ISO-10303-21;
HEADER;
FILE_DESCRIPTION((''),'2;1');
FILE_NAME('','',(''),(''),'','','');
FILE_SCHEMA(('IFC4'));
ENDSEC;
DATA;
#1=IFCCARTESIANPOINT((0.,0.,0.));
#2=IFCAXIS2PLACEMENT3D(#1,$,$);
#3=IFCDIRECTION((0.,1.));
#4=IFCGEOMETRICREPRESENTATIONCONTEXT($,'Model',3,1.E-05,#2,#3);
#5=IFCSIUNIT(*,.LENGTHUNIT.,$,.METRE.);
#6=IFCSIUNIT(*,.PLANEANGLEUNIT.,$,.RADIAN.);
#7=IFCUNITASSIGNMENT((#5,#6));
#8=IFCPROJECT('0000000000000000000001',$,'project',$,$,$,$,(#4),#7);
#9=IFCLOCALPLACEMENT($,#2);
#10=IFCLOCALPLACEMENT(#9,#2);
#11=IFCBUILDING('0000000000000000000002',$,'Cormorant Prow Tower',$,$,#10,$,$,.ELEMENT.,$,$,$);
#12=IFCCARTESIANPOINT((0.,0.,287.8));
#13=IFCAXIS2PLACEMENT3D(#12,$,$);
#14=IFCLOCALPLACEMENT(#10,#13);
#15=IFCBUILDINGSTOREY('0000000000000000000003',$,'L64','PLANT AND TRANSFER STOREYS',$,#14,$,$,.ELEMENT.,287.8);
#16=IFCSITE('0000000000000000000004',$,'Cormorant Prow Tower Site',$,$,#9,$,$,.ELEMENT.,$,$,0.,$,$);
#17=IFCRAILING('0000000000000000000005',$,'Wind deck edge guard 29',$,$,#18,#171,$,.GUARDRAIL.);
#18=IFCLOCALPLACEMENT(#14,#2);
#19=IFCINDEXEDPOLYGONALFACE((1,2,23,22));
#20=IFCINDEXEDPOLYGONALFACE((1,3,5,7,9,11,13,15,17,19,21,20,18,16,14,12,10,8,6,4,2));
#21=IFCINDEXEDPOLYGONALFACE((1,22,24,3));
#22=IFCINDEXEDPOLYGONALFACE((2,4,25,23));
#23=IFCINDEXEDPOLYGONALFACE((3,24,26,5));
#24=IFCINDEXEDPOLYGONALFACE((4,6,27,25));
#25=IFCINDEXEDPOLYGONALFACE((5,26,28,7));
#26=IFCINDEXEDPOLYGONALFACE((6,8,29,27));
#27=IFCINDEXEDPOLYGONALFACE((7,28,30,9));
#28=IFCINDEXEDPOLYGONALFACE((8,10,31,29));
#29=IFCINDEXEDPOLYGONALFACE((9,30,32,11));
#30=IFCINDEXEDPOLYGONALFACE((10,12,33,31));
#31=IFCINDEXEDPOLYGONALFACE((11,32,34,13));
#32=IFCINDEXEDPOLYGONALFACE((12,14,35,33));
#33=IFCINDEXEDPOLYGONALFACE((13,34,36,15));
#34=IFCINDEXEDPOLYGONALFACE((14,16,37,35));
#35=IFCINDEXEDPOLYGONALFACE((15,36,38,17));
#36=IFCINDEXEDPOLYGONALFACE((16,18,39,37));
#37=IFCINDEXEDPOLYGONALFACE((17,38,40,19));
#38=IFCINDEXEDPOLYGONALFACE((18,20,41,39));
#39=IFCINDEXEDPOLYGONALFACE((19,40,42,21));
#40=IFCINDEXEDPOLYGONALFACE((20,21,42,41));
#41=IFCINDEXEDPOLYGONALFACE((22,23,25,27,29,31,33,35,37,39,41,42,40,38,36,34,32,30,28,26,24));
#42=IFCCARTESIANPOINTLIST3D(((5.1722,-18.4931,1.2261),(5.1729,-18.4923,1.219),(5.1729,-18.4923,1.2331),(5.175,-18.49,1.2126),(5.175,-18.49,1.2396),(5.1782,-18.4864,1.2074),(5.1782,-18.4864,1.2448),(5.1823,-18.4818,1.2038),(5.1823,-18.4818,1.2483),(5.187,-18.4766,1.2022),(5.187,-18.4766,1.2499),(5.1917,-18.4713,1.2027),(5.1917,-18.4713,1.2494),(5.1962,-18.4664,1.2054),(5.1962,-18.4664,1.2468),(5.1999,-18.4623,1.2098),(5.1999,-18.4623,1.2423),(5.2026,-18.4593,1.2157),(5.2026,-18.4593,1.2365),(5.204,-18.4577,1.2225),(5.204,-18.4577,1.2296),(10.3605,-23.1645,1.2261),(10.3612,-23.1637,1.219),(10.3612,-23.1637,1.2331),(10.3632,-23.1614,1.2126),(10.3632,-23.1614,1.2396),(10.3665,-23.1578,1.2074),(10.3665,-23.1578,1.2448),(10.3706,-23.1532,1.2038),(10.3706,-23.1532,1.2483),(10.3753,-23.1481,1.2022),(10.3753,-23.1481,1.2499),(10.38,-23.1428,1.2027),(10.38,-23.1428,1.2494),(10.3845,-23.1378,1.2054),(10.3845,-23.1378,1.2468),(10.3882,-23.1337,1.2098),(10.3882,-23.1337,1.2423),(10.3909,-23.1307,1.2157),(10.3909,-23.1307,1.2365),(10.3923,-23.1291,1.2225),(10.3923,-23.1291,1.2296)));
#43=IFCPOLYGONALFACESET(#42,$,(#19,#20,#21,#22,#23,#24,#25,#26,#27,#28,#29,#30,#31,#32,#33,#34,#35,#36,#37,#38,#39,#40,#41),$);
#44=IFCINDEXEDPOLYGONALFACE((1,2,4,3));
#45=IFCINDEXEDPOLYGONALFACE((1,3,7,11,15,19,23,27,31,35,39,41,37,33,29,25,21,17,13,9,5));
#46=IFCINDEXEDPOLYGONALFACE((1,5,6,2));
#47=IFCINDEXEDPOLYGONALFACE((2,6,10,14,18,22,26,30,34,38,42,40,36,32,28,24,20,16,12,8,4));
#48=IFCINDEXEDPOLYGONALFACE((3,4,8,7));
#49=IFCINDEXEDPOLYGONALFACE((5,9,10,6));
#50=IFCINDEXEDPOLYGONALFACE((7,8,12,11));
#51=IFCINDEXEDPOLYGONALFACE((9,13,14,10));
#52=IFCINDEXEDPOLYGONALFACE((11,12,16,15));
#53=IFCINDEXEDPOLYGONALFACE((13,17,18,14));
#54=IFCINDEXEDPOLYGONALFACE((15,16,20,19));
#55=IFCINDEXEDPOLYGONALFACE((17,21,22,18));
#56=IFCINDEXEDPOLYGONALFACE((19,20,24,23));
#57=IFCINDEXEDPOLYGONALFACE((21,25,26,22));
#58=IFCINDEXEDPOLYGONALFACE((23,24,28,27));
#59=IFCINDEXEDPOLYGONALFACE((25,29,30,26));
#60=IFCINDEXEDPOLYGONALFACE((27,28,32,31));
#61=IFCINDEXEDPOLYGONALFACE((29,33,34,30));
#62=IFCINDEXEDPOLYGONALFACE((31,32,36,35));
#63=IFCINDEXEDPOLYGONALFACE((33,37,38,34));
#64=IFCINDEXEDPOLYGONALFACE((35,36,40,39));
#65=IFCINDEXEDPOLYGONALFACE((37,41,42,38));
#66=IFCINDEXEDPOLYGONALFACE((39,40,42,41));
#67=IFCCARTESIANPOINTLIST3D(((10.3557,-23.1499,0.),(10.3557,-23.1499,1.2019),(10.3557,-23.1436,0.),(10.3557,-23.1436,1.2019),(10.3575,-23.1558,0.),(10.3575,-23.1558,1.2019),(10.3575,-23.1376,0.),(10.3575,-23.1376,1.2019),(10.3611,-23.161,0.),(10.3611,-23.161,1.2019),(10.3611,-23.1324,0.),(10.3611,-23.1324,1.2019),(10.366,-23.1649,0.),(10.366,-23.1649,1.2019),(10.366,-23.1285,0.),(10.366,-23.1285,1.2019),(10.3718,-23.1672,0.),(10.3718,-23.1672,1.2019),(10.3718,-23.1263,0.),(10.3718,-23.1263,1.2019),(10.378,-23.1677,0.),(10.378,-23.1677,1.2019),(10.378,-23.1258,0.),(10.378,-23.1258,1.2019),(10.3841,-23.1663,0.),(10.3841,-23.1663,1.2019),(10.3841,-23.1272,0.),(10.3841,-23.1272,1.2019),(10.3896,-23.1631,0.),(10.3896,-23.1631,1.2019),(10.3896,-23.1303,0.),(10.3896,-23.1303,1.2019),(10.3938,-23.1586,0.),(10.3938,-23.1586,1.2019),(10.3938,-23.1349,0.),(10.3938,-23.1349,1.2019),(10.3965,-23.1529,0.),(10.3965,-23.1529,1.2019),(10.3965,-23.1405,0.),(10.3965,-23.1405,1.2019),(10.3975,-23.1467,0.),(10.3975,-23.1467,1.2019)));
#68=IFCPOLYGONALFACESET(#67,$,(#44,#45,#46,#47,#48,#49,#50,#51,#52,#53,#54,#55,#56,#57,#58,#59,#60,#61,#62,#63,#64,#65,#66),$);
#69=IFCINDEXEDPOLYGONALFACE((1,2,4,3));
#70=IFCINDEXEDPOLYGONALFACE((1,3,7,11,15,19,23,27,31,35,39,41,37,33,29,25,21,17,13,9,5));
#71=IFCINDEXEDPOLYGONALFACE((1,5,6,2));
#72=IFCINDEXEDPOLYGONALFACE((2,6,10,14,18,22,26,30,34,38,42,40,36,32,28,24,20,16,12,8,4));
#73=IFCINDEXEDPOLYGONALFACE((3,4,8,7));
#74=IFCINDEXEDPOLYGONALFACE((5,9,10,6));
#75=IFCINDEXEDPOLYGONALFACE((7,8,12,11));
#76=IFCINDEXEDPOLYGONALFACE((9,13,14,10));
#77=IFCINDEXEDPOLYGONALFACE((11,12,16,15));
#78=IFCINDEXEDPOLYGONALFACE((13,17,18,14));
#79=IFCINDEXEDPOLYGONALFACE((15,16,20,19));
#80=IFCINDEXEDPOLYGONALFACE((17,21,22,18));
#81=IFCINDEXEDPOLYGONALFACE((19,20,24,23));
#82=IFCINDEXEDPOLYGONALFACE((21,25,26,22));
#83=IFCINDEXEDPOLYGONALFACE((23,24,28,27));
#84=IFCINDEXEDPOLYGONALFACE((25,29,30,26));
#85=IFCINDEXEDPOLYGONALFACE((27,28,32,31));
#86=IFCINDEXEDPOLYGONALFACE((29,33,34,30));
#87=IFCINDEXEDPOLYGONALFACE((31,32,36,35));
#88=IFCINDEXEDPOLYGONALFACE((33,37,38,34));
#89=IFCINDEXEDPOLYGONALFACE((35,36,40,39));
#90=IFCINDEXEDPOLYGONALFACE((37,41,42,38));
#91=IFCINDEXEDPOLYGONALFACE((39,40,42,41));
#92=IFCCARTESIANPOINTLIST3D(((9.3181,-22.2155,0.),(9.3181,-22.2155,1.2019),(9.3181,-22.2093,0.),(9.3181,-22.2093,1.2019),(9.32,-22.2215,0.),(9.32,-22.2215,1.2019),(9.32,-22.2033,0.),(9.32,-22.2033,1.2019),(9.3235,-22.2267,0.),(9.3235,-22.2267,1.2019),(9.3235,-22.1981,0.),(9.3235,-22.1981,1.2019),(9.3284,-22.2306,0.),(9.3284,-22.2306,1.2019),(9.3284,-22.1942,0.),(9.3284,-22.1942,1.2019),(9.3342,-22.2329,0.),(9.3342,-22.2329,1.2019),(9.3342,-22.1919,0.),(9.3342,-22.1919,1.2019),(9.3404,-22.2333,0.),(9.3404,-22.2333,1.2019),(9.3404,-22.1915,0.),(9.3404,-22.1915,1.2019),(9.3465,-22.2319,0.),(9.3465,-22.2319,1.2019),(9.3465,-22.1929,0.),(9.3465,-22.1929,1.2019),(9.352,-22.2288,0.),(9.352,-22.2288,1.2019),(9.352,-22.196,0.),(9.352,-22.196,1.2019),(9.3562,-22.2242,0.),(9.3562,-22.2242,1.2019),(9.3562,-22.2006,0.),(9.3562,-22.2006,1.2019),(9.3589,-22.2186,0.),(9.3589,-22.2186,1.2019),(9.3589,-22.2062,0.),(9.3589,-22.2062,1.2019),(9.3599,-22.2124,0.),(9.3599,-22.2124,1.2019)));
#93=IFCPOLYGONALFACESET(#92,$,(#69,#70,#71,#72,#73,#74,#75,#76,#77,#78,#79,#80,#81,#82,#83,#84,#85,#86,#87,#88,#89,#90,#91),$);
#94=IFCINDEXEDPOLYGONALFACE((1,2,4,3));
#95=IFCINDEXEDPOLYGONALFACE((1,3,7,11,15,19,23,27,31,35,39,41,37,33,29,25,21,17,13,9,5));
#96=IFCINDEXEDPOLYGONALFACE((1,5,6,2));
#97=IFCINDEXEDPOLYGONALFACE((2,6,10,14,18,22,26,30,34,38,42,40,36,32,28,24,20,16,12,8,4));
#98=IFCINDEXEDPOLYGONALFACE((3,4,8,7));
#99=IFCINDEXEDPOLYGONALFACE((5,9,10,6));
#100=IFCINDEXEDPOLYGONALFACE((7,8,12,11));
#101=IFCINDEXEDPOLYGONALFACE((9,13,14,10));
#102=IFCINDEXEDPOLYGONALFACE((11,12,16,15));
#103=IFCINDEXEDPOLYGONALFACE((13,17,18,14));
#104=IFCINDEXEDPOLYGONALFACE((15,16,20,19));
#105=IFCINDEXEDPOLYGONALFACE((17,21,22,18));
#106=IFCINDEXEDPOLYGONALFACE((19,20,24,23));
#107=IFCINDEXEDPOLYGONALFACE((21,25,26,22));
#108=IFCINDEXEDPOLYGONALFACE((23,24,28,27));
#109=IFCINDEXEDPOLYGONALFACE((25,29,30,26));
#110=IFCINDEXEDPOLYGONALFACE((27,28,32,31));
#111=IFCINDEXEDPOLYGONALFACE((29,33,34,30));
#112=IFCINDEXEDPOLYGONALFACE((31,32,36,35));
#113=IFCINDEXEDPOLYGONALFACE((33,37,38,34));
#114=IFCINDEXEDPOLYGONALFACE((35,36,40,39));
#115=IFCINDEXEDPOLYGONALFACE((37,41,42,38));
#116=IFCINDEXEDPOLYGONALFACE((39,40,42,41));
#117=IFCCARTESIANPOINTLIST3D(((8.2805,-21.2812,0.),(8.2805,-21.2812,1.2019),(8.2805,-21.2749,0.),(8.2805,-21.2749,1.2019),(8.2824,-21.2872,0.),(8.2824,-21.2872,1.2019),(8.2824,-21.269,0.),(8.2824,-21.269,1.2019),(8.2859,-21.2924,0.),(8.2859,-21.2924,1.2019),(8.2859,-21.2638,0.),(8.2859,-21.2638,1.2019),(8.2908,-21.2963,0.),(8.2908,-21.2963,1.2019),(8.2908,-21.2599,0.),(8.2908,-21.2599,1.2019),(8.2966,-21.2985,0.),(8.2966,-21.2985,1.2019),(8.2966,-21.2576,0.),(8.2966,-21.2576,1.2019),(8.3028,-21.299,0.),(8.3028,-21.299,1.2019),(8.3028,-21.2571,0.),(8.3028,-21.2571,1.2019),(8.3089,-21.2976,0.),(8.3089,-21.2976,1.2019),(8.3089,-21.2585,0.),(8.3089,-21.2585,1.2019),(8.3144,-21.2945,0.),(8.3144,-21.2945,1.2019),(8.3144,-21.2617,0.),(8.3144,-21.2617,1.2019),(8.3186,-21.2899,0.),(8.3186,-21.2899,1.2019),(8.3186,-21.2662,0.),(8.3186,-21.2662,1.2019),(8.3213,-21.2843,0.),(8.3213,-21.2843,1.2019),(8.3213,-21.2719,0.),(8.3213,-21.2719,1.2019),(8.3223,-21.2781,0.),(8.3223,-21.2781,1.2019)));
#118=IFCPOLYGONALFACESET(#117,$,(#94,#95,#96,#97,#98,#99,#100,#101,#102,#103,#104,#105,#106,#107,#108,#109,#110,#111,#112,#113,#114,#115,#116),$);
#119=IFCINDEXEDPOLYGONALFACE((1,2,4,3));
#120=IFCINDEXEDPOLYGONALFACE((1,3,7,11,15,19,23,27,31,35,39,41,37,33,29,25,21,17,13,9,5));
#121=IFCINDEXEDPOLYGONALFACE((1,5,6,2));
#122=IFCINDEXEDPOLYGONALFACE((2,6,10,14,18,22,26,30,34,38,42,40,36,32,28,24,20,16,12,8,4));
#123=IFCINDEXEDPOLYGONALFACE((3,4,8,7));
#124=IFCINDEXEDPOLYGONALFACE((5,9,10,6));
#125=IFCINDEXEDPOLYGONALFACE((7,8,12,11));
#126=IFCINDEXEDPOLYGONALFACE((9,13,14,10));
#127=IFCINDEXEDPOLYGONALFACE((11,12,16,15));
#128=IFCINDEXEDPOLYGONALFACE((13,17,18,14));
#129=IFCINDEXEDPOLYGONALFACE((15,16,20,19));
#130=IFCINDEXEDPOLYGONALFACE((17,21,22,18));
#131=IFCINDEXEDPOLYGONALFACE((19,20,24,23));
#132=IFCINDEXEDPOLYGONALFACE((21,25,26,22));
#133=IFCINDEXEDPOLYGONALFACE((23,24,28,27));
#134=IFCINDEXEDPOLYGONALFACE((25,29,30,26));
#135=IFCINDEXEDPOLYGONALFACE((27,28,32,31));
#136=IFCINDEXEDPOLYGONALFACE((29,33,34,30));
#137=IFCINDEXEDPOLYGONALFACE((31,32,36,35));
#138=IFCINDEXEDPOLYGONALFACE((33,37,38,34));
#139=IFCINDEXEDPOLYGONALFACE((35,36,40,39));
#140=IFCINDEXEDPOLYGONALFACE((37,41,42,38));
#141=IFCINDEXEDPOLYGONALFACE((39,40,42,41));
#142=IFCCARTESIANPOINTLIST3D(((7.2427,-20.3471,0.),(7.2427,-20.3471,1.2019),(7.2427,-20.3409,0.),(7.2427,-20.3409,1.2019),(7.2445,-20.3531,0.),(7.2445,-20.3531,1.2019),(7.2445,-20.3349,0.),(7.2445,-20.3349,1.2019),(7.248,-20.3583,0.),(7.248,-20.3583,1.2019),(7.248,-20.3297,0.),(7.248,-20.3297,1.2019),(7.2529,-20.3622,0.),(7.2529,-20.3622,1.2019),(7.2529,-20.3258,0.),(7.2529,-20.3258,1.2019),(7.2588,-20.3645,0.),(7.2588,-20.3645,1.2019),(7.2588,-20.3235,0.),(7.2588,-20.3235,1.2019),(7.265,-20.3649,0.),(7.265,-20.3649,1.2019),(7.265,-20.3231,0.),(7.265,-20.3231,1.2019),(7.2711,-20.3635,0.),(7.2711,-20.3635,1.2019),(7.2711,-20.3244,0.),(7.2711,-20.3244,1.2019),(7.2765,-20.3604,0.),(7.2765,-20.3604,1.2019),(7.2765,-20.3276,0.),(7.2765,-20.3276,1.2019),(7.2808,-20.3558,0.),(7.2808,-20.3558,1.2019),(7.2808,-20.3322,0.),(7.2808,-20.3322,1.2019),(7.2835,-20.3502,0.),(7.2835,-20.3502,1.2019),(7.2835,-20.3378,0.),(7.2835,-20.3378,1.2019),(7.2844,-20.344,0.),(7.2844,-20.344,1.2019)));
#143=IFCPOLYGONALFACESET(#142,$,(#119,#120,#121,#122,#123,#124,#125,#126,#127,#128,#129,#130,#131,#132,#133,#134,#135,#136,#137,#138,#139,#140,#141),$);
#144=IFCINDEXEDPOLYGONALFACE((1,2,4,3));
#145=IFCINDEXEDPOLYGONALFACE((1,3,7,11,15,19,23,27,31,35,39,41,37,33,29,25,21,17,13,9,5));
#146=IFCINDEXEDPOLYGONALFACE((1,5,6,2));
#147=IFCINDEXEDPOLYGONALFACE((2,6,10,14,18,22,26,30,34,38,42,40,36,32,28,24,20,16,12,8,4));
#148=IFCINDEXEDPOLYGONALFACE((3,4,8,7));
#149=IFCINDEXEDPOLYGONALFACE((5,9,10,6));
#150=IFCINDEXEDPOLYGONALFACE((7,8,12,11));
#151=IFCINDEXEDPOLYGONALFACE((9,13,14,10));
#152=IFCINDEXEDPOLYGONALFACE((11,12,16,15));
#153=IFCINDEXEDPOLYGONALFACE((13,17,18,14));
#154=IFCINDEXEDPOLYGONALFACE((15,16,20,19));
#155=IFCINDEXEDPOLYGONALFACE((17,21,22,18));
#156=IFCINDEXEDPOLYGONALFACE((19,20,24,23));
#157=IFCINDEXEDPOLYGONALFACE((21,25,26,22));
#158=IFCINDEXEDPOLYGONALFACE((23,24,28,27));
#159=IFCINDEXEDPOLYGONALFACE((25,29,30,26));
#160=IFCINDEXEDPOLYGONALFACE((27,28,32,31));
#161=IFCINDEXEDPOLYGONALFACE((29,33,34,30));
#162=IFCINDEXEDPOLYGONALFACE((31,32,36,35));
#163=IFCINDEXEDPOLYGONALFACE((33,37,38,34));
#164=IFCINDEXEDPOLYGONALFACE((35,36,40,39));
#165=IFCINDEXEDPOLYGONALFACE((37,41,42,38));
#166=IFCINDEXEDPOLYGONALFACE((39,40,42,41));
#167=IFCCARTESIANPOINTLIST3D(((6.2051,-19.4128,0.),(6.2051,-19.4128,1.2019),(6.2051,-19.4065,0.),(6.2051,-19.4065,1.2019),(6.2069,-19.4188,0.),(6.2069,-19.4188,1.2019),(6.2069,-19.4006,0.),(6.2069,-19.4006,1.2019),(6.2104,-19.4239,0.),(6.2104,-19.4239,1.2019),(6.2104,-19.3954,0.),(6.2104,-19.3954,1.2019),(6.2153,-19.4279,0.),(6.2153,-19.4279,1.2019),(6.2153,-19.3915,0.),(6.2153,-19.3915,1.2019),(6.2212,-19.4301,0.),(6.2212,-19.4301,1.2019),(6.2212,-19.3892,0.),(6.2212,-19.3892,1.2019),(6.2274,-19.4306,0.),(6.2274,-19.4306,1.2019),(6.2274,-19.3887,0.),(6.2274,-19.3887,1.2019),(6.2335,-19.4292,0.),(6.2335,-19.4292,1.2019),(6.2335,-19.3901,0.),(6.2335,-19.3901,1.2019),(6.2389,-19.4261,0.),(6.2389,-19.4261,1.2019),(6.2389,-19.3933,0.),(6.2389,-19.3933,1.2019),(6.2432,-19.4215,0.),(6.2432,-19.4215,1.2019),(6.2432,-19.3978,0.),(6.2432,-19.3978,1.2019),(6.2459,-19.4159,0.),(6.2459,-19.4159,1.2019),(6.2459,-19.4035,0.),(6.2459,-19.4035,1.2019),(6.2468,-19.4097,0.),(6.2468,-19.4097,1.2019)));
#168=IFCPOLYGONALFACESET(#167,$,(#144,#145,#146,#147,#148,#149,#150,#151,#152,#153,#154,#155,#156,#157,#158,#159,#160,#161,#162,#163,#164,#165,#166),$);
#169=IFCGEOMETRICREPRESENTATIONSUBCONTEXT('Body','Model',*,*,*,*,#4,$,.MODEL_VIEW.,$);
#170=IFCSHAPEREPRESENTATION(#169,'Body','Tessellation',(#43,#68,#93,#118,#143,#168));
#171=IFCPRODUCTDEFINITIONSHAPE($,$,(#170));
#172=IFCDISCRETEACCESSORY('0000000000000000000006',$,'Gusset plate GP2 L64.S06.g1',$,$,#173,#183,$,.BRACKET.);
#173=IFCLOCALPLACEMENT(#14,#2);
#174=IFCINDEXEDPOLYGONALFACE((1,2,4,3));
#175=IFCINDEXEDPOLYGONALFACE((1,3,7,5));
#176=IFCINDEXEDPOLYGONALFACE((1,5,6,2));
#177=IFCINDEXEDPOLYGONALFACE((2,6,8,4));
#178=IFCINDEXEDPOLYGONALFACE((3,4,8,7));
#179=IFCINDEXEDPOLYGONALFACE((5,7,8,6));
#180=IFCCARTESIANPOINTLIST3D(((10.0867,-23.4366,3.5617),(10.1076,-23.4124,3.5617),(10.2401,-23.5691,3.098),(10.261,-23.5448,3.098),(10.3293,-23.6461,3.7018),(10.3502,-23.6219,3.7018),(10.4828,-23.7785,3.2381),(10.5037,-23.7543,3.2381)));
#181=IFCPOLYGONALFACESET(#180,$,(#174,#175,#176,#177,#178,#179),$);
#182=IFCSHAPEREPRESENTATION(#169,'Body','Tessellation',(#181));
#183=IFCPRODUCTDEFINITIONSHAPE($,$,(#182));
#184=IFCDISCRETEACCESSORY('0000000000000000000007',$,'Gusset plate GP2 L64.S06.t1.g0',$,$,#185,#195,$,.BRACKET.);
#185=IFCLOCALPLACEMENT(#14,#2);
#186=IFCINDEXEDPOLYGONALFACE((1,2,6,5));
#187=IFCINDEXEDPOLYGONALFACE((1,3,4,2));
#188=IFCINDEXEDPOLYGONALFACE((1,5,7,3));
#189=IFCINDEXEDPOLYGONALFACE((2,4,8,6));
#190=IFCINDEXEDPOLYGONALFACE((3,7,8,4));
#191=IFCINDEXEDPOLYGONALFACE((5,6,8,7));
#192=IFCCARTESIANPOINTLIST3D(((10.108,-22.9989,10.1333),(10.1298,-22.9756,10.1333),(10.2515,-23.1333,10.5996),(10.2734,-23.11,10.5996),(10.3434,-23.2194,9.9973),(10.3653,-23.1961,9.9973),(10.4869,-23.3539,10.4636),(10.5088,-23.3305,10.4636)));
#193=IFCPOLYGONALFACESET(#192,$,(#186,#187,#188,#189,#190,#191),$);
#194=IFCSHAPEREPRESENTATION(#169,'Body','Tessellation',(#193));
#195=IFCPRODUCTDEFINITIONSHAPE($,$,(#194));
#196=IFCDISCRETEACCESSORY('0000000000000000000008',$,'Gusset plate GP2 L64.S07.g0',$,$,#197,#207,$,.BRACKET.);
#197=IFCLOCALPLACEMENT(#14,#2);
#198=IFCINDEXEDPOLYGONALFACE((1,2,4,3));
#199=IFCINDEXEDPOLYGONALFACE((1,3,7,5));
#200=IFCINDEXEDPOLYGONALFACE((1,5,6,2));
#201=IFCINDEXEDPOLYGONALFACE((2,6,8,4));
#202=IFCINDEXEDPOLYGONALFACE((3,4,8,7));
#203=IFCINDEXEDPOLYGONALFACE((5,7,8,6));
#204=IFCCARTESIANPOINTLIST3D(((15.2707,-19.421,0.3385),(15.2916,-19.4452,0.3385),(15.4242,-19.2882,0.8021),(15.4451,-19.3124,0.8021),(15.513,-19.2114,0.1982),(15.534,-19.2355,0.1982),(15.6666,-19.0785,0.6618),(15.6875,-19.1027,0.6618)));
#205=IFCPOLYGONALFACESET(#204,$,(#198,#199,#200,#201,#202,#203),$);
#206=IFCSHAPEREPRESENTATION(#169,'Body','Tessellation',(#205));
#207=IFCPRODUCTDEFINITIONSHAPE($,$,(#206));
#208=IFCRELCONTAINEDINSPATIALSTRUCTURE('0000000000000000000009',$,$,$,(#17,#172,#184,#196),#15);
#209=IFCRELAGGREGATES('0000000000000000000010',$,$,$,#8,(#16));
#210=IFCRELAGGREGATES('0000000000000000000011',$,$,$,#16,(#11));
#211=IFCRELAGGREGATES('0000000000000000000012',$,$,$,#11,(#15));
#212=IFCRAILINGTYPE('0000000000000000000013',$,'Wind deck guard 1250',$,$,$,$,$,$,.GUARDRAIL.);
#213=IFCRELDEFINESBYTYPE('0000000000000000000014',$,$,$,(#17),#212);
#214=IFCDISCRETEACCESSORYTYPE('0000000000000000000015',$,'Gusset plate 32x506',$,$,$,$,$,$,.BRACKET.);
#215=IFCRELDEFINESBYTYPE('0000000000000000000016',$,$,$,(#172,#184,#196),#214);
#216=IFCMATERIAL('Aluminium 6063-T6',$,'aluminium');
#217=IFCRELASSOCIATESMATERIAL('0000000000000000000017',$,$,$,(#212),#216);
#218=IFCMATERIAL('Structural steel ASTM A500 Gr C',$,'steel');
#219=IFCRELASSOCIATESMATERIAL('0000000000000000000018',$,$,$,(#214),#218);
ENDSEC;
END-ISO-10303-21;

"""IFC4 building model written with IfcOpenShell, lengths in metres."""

from ifc_helpers import new_model, si_unit, direction, frame, origin, origin_2d, place, context, subcontext, project, spatial, rectangle, circle, extrude, material, material_profile, profile_set, type_object, element, save


model = new_model("IFC4")

# Units and contexts
model_context = context("Model", 3, precision=1e-05, world=origin(), true_north=direction((0.0, 1.0)))
body_context = subcontext(model_context, "Body", "Model", "MODEL_VIEW")
ifc_project = project(units=[si_unit("LENGTHUNIT", "METRE"), si_unit("PLANEANGLEUNIT", "RADIAN")], contexts=[model_context])

# Site, building, storey
site_placement = place(None, origin())
site = spatial("IfcSite", under=ifc_project, at=site_placement, Name="Cormorant Prow Tower Site", CompositionType="ELEMENT", RefElevation=0.0)
building_placement = place(site_placement, origin())
building = spatial("IfcBuilding", under=site, at=building_placement, Name="Cormorant Prow Tower", CompositionType="ELEMENT")
storey_placement = place(building_placement, frame((0.0, 0.0, 287.8)))
storey = spatial("IfcBuildingStorey", under=building, at=storey_placement, Name="L64", Description="PLANT AND TRANSFER STOREYS", CompositionType="ELEMENT", Elevation=287.8)

# Railing
ifc_material_1 = material(Name="Aluminium 6063-T6", Category="aluminium")
railing_type = type_object("IfcRailingType", Name="Wind deck guard 1250", PredefinedType="GUARDRAIL", material=ifc_material_1)
railing_placement = place(storey_placement, frame((10.3765, -23.1467, 0.0)))
element("IfcRailing", 1, at=railing_placement, inside=storey, type_object=railing_type, Name="Wind deck edge guard 29", PredefinedType="GUARDRAIL", context=body_context, shape_type="SweptSolid", body=[
    extrude(circle(Radius=0.0239, at=origin_2d()), frame((0.0, 0.0, 1.2261), z_axis=(-0.743153, 0.669121, 0.0), x_axis=(-0.669121, -0.743153, 0.0)), (0.0, 0.0, 1.0), 6.9814),
    extrude(circle(Radius=0.021, at=origin_2d()), origin(), (0.0, 0.0, 1.0), 1.2019),
    extrude(circle(Radius=0.021, at=origin_2d()), frame((-1.0376, 0.9343, 0.0)), (0.0, 0.0, 1.0), 1.2019),
    extrude(circle(Radius=0.021, at=origin_2d()), frame((-2.0752, 1.8687, 0.0)), (0.0, 0.0, 1.0), 1.2019),
    extrude(circle(Radius=0.021, at=origin_2d()), frame((-3.113, 2.8027, 0.0)), (0.0, 0.0, 1.0), 1.2019),
    extrude(circle(Radius=0.021, at=origin_2d()), frame((-4.1506, 3.7371, 0.0)), (0.0, 0.0, 1.0), 1.2019),
])

# Discrete accessories
ifc_material_2 = material(Name="Structural steel ASTM A500 Gr C", Category="steel")
ifc_material_profile_1 = material_profile(ifc_material_2, rectangle(XDim=0.032, YDim=0.5061, at=origin_2d()), Name="Gusset plate 32x506")
ifc_profile_set_1 = profile_set([ifc_material_profile_1], Name="Structural steel ASTM A500 Gr C")
discrete_accessory_type = type_object("IfcDiscreteAccessoryType", Name="Gusset plate 32x506", PredefinedType="BRACKET", material=ifc_profile_set_1)
discrete_accessory_1_placement = place(storey_placement, frame((10.1738, -23.4907, 3.3298), z_axis=(0.693618, -0.598717, 0.40054), x_axis=(0.653422, 0.756994, 0.0)))
element("IfcDiscreteAccessory", 2, at=discrete_accessory_1_placement, inside=storey, type_object=discrete_accessory_type, Name="Gusset plate GP2 L64.S06.g1", PredefinedType="BRACKET", context=body_context, shape_type="SweptSolid", body=[
    extrude(rectangle(XDim=0.032, YDim=0.5061, at=origin_2d()), origin(), (0.0, 0.0, 1.0), 0.3499),
])
discrete_accessory_2_placement = place(storey_placement, frame((10.1907, -23.0544, 10.3665), z_axis=(0.672475, -0.629922, -0.388556), x_axis=(0.683639, 0.72982, 0.0)))
element("IfcDiscreteAccessory", 3, at=discrete_accessory_2_placement, inside=storey, type_object=discrete_accessory_type, Name="Gusset plate GP2 L64.S06.t1.g0", PredefinedType="BRACKET", context=body_context, shape_type="SweptSolid", body=[
    extrude(rectangle(XDim=0.032, YDim=0.5061, at=origin_2d()), origin(), (0.0, 0.0, 1.0), 0.3501),
])
for number, where, z_axis, x_axis, name in (
    (4, (15.3579, -19.3667, 0.5703), (0.692772, 0.599286, -0.401152), (-0.654234, 0.756292, 0.0), "Gusset plate GP2 L64.S07.g0"),
):
    element("IfcDiscreteAccessory", number, at=place(storey_placement, frame(where, z_axis=z_axis, x_axis=x_axis)), inside=storey, type_object=discrete_accessory_type, Name=name, PredefinedType="BRACKET", context=body_context, shape_type="SweptSolid", body=[
        extrude(rectangle(XDim=0.032, YDim=0.5061, at=origin_2d()), origin(), (0.0, 0.0, 1.0), 0.3499),
    ])

save(model, "model.ifc")
